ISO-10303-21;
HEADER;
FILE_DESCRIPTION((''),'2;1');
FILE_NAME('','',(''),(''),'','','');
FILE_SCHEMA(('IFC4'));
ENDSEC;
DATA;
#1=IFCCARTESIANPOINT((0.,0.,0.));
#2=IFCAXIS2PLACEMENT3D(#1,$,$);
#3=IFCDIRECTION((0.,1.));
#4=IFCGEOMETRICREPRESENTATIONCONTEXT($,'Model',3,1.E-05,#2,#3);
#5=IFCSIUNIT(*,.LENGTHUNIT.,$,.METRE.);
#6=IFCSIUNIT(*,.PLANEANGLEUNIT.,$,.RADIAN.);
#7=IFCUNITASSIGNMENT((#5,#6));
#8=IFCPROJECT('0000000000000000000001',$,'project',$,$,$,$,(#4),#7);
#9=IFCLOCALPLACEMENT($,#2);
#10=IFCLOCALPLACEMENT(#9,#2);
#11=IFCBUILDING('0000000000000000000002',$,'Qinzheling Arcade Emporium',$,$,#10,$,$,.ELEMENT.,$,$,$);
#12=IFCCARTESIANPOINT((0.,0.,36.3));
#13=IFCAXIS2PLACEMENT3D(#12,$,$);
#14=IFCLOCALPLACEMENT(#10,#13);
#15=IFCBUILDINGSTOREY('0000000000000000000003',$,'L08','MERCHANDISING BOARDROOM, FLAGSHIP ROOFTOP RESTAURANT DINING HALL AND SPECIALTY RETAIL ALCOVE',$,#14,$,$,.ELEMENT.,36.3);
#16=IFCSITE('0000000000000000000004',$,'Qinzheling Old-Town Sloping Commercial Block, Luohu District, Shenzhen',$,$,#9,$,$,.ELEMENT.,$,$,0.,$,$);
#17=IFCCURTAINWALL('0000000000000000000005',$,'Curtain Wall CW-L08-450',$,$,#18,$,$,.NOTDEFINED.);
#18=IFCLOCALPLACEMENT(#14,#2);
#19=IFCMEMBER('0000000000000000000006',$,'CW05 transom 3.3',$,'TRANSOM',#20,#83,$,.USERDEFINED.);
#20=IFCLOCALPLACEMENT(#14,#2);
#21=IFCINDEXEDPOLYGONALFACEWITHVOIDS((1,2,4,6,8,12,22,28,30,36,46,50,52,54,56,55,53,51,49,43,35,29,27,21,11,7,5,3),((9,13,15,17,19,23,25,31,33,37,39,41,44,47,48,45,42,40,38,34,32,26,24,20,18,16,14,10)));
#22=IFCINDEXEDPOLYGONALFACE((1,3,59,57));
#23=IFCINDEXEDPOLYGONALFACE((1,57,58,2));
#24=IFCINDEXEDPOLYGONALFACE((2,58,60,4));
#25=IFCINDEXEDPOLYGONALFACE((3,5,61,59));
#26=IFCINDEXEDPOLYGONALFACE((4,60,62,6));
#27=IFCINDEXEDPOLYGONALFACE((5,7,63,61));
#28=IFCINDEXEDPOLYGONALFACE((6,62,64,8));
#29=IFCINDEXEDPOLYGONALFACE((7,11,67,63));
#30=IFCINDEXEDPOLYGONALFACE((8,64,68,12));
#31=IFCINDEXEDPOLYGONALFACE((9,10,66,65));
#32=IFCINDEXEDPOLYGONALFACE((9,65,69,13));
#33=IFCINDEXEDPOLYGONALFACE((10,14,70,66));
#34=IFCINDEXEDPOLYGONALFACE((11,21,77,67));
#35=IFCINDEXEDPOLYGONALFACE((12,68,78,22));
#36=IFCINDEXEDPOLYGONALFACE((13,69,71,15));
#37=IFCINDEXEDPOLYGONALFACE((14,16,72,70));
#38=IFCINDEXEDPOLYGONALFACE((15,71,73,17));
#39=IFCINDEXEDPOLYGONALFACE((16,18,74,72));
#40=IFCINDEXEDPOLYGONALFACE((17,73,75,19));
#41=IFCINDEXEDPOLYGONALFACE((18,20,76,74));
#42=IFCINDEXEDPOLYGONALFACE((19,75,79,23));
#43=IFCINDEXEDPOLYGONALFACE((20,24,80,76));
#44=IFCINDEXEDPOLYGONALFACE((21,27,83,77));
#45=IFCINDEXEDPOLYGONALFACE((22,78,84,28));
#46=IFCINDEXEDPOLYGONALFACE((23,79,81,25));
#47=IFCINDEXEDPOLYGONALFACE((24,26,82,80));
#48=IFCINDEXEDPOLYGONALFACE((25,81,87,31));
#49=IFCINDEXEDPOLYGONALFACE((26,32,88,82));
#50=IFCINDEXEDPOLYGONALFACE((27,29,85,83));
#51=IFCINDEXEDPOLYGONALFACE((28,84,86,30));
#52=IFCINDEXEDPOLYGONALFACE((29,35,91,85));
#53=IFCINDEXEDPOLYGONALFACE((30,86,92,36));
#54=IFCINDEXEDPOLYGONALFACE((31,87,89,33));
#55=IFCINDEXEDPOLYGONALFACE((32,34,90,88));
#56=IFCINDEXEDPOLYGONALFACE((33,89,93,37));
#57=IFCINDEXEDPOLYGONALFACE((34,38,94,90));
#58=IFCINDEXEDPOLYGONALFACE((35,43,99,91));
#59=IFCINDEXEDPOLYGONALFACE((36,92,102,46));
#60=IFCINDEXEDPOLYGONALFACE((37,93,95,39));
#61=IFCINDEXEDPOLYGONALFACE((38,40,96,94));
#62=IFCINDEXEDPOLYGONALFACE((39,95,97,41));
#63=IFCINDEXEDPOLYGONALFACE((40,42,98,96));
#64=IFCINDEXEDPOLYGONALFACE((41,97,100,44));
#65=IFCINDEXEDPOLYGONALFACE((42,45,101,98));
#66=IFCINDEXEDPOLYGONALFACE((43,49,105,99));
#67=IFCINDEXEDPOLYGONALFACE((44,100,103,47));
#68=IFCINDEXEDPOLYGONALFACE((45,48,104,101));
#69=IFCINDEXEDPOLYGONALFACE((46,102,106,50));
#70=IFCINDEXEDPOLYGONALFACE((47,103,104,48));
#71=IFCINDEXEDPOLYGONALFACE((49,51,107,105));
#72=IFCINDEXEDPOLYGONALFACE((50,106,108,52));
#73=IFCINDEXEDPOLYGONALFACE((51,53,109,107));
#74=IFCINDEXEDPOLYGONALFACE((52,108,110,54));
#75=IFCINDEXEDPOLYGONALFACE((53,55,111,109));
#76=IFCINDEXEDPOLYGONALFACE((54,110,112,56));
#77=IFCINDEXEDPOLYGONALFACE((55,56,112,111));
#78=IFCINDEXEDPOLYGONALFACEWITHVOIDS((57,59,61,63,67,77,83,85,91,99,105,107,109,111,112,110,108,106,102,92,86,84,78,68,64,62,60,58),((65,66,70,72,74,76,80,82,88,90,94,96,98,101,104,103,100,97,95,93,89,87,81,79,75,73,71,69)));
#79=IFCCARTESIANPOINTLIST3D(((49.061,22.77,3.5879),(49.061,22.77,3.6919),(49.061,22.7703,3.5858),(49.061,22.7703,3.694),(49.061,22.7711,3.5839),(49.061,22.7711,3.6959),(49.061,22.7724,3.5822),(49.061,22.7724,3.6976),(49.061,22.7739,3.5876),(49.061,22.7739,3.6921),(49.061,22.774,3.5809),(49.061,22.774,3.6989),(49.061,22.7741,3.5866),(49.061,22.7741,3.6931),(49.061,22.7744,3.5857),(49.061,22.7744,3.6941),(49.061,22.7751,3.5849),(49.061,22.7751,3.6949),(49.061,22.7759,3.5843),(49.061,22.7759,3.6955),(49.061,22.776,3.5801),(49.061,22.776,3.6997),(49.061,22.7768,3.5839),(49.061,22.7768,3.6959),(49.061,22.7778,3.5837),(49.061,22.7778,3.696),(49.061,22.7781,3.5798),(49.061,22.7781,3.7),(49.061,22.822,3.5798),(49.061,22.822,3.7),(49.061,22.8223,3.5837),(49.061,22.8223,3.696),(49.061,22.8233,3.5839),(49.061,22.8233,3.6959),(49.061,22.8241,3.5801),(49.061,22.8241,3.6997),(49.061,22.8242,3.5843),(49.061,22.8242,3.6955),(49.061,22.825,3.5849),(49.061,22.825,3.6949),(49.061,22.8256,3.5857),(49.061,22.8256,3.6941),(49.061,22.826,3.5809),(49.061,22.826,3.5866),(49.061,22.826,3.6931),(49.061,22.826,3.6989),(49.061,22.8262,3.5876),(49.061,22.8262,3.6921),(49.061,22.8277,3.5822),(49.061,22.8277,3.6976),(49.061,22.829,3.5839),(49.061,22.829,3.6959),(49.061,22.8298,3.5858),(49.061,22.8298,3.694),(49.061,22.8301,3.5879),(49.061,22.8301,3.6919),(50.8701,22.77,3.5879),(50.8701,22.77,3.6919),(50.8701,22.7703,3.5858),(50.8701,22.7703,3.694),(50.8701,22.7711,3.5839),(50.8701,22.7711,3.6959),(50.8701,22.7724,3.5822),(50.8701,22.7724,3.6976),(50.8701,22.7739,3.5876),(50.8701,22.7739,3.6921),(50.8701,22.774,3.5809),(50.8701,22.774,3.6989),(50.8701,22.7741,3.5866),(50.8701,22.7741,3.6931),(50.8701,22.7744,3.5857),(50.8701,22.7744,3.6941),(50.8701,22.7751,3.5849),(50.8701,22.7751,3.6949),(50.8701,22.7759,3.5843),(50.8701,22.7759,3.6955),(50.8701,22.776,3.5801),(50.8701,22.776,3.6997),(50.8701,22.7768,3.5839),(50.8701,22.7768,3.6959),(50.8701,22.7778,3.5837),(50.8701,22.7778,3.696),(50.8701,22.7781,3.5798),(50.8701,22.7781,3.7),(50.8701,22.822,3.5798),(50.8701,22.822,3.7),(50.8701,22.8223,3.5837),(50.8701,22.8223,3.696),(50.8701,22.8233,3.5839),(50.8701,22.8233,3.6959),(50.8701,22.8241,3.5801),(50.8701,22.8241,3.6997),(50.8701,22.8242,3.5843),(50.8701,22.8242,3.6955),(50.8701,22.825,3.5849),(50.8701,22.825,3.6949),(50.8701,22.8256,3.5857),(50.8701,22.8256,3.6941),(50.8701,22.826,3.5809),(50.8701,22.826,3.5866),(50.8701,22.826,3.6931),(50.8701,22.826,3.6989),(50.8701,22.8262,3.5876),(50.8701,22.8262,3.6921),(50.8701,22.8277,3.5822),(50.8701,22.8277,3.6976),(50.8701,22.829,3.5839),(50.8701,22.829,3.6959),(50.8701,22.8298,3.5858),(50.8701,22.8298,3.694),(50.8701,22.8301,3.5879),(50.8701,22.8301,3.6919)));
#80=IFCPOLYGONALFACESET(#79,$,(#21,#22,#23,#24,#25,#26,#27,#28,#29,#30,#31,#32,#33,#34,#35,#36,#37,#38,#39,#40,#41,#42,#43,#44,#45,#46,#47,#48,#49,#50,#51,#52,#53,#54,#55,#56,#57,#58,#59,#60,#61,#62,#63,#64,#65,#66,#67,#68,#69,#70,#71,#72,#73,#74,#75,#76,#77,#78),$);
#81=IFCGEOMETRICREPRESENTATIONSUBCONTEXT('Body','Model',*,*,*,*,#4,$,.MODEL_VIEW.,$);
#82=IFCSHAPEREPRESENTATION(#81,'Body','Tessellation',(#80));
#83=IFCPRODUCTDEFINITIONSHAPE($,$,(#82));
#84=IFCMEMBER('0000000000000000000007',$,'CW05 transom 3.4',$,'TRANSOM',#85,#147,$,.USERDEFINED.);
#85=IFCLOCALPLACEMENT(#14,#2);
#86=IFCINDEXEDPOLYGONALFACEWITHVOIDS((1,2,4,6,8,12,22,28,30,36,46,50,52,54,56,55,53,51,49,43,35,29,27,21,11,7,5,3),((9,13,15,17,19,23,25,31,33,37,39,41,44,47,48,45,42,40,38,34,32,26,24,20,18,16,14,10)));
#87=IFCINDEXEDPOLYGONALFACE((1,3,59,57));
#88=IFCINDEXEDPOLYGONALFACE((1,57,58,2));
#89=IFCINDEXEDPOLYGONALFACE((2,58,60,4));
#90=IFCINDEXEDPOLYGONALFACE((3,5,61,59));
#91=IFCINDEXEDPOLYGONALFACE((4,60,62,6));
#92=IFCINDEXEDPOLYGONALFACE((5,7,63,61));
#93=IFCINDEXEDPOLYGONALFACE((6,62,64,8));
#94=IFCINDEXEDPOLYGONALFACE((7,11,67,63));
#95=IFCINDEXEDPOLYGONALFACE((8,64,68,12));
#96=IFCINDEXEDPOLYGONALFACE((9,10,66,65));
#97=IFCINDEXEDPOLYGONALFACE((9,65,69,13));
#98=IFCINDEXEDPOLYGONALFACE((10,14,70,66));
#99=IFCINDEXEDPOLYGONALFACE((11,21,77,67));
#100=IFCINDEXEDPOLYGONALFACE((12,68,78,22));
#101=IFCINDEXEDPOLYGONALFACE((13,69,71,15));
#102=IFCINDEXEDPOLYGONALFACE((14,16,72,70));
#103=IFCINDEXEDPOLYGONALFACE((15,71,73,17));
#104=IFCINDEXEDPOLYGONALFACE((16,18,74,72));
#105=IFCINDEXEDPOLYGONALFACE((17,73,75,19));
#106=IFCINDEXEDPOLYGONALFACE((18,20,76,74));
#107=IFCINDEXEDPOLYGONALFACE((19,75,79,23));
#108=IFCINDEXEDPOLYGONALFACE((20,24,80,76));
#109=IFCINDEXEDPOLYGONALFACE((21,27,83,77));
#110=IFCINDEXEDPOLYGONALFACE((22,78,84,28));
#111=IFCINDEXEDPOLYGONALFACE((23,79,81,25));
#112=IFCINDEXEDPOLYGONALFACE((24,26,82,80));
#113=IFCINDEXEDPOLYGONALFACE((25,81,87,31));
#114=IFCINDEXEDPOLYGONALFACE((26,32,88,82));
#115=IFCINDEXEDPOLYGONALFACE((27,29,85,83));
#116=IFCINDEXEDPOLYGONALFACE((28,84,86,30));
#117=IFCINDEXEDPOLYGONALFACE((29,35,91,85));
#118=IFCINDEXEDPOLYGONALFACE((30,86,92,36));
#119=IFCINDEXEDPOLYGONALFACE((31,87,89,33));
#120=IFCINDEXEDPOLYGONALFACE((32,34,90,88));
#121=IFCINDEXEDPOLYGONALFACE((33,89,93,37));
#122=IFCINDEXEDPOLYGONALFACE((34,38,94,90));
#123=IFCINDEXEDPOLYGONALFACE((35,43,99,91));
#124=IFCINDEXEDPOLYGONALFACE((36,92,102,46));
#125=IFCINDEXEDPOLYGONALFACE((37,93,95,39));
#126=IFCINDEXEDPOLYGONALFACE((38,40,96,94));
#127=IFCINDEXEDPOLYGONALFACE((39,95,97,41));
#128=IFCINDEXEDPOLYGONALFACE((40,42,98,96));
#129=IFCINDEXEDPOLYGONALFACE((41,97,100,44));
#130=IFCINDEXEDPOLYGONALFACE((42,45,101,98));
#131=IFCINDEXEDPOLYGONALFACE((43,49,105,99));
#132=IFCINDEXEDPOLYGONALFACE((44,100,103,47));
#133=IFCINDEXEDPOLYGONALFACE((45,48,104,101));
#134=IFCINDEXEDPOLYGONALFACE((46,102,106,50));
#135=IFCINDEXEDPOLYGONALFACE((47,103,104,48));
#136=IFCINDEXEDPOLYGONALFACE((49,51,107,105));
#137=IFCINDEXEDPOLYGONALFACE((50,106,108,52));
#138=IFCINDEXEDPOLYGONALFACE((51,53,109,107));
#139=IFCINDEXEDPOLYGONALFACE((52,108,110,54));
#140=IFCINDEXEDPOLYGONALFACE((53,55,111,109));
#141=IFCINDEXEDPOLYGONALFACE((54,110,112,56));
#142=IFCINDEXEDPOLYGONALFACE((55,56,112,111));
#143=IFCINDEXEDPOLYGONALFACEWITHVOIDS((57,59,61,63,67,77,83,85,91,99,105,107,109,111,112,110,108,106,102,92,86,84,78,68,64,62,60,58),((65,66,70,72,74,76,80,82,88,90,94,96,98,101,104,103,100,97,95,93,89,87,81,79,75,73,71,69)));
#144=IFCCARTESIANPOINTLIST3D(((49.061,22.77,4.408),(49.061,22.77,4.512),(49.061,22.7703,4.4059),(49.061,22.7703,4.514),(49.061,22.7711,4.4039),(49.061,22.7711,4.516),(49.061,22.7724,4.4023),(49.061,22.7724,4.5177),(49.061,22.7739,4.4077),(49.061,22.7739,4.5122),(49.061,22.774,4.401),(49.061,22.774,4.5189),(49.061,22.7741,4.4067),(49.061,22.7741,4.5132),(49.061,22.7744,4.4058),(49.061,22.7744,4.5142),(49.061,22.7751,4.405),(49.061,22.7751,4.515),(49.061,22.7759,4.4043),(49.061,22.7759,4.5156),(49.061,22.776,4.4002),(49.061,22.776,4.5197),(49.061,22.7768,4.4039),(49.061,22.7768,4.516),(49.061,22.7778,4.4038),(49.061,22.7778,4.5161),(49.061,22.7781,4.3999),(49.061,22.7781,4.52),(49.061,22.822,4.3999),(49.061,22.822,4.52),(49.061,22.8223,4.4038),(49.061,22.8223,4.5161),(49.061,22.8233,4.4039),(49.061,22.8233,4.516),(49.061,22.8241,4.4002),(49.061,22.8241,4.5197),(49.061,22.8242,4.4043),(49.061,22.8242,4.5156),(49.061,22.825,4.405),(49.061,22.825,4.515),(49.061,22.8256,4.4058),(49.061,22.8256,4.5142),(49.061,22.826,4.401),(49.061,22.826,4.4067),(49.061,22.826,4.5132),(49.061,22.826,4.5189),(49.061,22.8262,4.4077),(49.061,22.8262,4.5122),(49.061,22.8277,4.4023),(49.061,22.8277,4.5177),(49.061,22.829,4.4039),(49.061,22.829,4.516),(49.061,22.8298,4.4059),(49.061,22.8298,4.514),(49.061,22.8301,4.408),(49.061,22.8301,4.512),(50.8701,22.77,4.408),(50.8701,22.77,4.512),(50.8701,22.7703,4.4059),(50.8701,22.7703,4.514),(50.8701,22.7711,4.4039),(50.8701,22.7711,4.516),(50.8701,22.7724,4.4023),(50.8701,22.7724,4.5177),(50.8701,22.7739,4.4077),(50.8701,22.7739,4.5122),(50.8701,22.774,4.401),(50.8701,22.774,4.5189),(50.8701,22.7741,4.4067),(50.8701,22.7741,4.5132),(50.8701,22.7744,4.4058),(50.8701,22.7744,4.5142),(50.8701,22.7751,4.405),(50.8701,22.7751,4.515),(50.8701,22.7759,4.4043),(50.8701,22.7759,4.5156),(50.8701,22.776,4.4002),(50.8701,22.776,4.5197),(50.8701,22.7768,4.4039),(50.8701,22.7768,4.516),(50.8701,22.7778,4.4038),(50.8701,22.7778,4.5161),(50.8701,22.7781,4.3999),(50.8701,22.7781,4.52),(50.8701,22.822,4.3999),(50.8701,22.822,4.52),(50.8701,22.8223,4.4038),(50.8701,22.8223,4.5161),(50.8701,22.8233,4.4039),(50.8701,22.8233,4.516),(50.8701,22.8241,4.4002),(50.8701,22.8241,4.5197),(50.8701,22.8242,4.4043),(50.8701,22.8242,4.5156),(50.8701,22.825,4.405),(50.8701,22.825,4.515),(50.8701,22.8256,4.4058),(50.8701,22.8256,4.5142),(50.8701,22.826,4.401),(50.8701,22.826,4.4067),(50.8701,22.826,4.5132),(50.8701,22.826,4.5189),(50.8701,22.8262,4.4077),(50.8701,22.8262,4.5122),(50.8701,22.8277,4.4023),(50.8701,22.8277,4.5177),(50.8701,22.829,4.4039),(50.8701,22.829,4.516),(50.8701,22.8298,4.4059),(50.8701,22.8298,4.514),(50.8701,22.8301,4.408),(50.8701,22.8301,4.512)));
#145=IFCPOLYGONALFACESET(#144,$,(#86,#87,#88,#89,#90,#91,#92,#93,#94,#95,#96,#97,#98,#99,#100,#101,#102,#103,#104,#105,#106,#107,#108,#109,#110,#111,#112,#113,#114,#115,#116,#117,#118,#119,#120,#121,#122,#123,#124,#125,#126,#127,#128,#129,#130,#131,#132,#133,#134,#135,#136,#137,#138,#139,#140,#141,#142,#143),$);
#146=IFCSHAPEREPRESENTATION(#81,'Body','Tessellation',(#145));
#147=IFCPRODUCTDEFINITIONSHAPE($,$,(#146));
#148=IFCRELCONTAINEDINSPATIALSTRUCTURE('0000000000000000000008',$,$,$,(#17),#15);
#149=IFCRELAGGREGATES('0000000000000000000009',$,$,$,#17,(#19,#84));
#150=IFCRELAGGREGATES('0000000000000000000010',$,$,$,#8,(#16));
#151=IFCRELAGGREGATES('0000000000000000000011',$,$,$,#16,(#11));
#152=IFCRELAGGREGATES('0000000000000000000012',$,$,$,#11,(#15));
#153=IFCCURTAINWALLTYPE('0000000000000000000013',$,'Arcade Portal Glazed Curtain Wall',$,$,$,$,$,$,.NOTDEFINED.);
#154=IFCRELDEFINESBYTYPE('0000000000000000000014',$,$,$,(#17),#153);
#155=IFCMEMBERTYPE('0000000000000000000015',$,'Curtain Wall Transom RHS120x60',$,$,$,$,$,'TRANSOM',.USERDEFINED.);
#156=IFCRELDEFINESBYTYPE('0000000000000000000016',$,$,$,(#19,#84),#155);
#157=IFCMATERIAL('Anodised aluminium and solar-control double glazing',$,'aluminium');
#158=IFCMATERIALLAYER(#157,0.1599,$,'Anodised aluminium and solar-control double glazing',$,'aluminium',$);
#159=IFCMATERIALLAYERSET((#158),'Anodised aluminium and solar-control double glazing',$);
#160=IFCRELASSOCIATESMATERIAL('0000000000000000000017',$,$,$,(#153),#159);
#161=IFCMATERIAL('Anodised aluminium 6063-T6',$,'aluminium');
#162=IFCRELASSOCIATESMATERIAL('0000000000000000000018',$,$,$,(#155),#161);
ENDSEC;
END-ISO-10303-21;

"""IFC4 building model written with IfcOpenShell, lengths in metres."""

from ifc_helpers import new_model, si_unit, direction, frame, origin, origin_2d, place, context, subcontext, project, spatial, hollow_rectangle, extrude, material, layer, layer_set, material_profile, profile_set, type_object, element, aggregate, save


model = new_model("IFC4")

# Units and contexts
model_context = context("Model", 3, precision=1e-05, world=origin(), true_north=direction((0.0, 1.0)))
body_context = subcontext(model_context, "Body", "Model", "MODEL_VIEW")
ifc_project = project(units=[si_unit("LENGTHUNIT", "METRE"), si_unit("PLANEANGLEUNIT", "RADIAN")], contexts=[model_context])

# Site, building, storey
site_placement = place(None, origin())
site = spatial("IfcSite", under=ifc_project, at=site_placement, Name="Qinzheling Old-Town Sloping Commercial Block, Luohu District, Shenzhen", CompositionType="ELEMENT", RefElevation=0.0)
building_placement = place(site_placement, origin())
building = spatial("IfcBuilding", under=site, at=building_placement, Name="Qinzheling Arcade Emporium", CompositionType="ELEMENT")
storey_placement = place(building_placement, frame((0.0, 0.0, 36.3)))
storey = spatial("IfcBuildingStorey", under=building, at=storey_placement, Name="L08", Description="MERCHANDISING BOARDROOM, FLAGSHIP ROOFTOP RESTAURANT DINING HALL AND SPECIALTY RETAIL ALCOVE", CompositionType="ELEMENT", Elevation=36.3)

# Curtain wall
ifc_material_1 = material(Name="Anodised aluminium and solar-control double glazing", Category="aluminium")
ifc_layer_1 = layer(ifc_material_1, 0.1599, Name="Anodised aluminium and solar-control double glazing", Category="aluminium")
ifc_layer_set_1 = layer_set([ifc_layer_1], Name="Anodised aluminium and solar-control double glazing")
curtain_wall_type = type_object("IfcCurtainWallType", Name="Arcade Portal Glazed Curtain Wall", PredefinedType="NOTDEFINED", material=ifc_layer_set_1)
curtain_wall_1_placement = place(storey_placement, origin())
curtain_wall_1 = element("IfcCurtainWall", 1, at=curtain_wall_1_placement, inside=storey, type_object=curtain_wall_type, Name="Curtain Wall CW-L08-450", PredefinedType="NOTDEFINED")
ifc_material_2 = material(Name="Anodised aluminium 6063-T6", Category="aluminium")

# Members
ifc_material_profile_1 = material_profile(ifc_material_2, hollow_rectangle(XDim=0.0601, YDim=0.1201, WallThickness=0.0039, InnerFilletRadius=0.0039, OuterFilletRadius=0.0081, at=origin_2d()), Name="RHS 120x60x4", Category="aluminium")
ifc_profile_set_1 = profile_set([ifc_material_profile_1], Name="Anodised aluminium 6063-T6")
member_type_1 = type_object("IfcMemberType", Name="Curtain Wall Transom RHS120x60", ElementType="TRANSOM", PredefinedType="USERDEFINED", material=ifc_profile_set_1)
member_1_placement = place(storey_placement, frame((50.8701, 22.8, 3.6399), z_axis=(-1.0, 0.0, 0.0), x_axis=(0.0, -1.0, 0.0)))
member_1 = element("IfcMember", 2, at=member_1_placement, type_object=member_type_1, Name="CW05 transom 3.3", ObjectType="TRANSOM", PredefinedType="USERDEFINED", context=body_context, shape_type="SweptSolid", body=[
    extrude(hollow_rectangle(XDim=0.0601, YDim=0.1201, WallThickness=0.0039, InnerFilletRadius=0.0039, OuterFilletRadius=0.0081, at=origin_2d()), origin(), (0.0, 0.0, 1.0), 1.8091),
])
member_2_placement = place(storey_placement, frame((50.8701, 22.8, 4.46), z_axis=(-1.0, 0.0, 0.0), x_axis=(0.0, -1.0, 0.0)))
member_2 = element("IfcMember", 3, at=member_2_placement, type_object=member_type_1, Name="CW05 transom 3.4", ObjectType="TRANSOM", PredefinedType="USERDEFINED", context=body_context, shape_type="SweptSolid", body=[
    extrude(hollow_rectangle(XDim=0.0601, YDim=0.1201, WallThickness=0.0039, InnerFilletRadius=0.0039, OuterFilletRadius=0.0081, at=origin_2d()), origin(), (0.0, 0.0, 1.0), 1.8091),
])

aggregate(curtain_wall_1, [member_1, member_2])

save(model, "model.ifc")
